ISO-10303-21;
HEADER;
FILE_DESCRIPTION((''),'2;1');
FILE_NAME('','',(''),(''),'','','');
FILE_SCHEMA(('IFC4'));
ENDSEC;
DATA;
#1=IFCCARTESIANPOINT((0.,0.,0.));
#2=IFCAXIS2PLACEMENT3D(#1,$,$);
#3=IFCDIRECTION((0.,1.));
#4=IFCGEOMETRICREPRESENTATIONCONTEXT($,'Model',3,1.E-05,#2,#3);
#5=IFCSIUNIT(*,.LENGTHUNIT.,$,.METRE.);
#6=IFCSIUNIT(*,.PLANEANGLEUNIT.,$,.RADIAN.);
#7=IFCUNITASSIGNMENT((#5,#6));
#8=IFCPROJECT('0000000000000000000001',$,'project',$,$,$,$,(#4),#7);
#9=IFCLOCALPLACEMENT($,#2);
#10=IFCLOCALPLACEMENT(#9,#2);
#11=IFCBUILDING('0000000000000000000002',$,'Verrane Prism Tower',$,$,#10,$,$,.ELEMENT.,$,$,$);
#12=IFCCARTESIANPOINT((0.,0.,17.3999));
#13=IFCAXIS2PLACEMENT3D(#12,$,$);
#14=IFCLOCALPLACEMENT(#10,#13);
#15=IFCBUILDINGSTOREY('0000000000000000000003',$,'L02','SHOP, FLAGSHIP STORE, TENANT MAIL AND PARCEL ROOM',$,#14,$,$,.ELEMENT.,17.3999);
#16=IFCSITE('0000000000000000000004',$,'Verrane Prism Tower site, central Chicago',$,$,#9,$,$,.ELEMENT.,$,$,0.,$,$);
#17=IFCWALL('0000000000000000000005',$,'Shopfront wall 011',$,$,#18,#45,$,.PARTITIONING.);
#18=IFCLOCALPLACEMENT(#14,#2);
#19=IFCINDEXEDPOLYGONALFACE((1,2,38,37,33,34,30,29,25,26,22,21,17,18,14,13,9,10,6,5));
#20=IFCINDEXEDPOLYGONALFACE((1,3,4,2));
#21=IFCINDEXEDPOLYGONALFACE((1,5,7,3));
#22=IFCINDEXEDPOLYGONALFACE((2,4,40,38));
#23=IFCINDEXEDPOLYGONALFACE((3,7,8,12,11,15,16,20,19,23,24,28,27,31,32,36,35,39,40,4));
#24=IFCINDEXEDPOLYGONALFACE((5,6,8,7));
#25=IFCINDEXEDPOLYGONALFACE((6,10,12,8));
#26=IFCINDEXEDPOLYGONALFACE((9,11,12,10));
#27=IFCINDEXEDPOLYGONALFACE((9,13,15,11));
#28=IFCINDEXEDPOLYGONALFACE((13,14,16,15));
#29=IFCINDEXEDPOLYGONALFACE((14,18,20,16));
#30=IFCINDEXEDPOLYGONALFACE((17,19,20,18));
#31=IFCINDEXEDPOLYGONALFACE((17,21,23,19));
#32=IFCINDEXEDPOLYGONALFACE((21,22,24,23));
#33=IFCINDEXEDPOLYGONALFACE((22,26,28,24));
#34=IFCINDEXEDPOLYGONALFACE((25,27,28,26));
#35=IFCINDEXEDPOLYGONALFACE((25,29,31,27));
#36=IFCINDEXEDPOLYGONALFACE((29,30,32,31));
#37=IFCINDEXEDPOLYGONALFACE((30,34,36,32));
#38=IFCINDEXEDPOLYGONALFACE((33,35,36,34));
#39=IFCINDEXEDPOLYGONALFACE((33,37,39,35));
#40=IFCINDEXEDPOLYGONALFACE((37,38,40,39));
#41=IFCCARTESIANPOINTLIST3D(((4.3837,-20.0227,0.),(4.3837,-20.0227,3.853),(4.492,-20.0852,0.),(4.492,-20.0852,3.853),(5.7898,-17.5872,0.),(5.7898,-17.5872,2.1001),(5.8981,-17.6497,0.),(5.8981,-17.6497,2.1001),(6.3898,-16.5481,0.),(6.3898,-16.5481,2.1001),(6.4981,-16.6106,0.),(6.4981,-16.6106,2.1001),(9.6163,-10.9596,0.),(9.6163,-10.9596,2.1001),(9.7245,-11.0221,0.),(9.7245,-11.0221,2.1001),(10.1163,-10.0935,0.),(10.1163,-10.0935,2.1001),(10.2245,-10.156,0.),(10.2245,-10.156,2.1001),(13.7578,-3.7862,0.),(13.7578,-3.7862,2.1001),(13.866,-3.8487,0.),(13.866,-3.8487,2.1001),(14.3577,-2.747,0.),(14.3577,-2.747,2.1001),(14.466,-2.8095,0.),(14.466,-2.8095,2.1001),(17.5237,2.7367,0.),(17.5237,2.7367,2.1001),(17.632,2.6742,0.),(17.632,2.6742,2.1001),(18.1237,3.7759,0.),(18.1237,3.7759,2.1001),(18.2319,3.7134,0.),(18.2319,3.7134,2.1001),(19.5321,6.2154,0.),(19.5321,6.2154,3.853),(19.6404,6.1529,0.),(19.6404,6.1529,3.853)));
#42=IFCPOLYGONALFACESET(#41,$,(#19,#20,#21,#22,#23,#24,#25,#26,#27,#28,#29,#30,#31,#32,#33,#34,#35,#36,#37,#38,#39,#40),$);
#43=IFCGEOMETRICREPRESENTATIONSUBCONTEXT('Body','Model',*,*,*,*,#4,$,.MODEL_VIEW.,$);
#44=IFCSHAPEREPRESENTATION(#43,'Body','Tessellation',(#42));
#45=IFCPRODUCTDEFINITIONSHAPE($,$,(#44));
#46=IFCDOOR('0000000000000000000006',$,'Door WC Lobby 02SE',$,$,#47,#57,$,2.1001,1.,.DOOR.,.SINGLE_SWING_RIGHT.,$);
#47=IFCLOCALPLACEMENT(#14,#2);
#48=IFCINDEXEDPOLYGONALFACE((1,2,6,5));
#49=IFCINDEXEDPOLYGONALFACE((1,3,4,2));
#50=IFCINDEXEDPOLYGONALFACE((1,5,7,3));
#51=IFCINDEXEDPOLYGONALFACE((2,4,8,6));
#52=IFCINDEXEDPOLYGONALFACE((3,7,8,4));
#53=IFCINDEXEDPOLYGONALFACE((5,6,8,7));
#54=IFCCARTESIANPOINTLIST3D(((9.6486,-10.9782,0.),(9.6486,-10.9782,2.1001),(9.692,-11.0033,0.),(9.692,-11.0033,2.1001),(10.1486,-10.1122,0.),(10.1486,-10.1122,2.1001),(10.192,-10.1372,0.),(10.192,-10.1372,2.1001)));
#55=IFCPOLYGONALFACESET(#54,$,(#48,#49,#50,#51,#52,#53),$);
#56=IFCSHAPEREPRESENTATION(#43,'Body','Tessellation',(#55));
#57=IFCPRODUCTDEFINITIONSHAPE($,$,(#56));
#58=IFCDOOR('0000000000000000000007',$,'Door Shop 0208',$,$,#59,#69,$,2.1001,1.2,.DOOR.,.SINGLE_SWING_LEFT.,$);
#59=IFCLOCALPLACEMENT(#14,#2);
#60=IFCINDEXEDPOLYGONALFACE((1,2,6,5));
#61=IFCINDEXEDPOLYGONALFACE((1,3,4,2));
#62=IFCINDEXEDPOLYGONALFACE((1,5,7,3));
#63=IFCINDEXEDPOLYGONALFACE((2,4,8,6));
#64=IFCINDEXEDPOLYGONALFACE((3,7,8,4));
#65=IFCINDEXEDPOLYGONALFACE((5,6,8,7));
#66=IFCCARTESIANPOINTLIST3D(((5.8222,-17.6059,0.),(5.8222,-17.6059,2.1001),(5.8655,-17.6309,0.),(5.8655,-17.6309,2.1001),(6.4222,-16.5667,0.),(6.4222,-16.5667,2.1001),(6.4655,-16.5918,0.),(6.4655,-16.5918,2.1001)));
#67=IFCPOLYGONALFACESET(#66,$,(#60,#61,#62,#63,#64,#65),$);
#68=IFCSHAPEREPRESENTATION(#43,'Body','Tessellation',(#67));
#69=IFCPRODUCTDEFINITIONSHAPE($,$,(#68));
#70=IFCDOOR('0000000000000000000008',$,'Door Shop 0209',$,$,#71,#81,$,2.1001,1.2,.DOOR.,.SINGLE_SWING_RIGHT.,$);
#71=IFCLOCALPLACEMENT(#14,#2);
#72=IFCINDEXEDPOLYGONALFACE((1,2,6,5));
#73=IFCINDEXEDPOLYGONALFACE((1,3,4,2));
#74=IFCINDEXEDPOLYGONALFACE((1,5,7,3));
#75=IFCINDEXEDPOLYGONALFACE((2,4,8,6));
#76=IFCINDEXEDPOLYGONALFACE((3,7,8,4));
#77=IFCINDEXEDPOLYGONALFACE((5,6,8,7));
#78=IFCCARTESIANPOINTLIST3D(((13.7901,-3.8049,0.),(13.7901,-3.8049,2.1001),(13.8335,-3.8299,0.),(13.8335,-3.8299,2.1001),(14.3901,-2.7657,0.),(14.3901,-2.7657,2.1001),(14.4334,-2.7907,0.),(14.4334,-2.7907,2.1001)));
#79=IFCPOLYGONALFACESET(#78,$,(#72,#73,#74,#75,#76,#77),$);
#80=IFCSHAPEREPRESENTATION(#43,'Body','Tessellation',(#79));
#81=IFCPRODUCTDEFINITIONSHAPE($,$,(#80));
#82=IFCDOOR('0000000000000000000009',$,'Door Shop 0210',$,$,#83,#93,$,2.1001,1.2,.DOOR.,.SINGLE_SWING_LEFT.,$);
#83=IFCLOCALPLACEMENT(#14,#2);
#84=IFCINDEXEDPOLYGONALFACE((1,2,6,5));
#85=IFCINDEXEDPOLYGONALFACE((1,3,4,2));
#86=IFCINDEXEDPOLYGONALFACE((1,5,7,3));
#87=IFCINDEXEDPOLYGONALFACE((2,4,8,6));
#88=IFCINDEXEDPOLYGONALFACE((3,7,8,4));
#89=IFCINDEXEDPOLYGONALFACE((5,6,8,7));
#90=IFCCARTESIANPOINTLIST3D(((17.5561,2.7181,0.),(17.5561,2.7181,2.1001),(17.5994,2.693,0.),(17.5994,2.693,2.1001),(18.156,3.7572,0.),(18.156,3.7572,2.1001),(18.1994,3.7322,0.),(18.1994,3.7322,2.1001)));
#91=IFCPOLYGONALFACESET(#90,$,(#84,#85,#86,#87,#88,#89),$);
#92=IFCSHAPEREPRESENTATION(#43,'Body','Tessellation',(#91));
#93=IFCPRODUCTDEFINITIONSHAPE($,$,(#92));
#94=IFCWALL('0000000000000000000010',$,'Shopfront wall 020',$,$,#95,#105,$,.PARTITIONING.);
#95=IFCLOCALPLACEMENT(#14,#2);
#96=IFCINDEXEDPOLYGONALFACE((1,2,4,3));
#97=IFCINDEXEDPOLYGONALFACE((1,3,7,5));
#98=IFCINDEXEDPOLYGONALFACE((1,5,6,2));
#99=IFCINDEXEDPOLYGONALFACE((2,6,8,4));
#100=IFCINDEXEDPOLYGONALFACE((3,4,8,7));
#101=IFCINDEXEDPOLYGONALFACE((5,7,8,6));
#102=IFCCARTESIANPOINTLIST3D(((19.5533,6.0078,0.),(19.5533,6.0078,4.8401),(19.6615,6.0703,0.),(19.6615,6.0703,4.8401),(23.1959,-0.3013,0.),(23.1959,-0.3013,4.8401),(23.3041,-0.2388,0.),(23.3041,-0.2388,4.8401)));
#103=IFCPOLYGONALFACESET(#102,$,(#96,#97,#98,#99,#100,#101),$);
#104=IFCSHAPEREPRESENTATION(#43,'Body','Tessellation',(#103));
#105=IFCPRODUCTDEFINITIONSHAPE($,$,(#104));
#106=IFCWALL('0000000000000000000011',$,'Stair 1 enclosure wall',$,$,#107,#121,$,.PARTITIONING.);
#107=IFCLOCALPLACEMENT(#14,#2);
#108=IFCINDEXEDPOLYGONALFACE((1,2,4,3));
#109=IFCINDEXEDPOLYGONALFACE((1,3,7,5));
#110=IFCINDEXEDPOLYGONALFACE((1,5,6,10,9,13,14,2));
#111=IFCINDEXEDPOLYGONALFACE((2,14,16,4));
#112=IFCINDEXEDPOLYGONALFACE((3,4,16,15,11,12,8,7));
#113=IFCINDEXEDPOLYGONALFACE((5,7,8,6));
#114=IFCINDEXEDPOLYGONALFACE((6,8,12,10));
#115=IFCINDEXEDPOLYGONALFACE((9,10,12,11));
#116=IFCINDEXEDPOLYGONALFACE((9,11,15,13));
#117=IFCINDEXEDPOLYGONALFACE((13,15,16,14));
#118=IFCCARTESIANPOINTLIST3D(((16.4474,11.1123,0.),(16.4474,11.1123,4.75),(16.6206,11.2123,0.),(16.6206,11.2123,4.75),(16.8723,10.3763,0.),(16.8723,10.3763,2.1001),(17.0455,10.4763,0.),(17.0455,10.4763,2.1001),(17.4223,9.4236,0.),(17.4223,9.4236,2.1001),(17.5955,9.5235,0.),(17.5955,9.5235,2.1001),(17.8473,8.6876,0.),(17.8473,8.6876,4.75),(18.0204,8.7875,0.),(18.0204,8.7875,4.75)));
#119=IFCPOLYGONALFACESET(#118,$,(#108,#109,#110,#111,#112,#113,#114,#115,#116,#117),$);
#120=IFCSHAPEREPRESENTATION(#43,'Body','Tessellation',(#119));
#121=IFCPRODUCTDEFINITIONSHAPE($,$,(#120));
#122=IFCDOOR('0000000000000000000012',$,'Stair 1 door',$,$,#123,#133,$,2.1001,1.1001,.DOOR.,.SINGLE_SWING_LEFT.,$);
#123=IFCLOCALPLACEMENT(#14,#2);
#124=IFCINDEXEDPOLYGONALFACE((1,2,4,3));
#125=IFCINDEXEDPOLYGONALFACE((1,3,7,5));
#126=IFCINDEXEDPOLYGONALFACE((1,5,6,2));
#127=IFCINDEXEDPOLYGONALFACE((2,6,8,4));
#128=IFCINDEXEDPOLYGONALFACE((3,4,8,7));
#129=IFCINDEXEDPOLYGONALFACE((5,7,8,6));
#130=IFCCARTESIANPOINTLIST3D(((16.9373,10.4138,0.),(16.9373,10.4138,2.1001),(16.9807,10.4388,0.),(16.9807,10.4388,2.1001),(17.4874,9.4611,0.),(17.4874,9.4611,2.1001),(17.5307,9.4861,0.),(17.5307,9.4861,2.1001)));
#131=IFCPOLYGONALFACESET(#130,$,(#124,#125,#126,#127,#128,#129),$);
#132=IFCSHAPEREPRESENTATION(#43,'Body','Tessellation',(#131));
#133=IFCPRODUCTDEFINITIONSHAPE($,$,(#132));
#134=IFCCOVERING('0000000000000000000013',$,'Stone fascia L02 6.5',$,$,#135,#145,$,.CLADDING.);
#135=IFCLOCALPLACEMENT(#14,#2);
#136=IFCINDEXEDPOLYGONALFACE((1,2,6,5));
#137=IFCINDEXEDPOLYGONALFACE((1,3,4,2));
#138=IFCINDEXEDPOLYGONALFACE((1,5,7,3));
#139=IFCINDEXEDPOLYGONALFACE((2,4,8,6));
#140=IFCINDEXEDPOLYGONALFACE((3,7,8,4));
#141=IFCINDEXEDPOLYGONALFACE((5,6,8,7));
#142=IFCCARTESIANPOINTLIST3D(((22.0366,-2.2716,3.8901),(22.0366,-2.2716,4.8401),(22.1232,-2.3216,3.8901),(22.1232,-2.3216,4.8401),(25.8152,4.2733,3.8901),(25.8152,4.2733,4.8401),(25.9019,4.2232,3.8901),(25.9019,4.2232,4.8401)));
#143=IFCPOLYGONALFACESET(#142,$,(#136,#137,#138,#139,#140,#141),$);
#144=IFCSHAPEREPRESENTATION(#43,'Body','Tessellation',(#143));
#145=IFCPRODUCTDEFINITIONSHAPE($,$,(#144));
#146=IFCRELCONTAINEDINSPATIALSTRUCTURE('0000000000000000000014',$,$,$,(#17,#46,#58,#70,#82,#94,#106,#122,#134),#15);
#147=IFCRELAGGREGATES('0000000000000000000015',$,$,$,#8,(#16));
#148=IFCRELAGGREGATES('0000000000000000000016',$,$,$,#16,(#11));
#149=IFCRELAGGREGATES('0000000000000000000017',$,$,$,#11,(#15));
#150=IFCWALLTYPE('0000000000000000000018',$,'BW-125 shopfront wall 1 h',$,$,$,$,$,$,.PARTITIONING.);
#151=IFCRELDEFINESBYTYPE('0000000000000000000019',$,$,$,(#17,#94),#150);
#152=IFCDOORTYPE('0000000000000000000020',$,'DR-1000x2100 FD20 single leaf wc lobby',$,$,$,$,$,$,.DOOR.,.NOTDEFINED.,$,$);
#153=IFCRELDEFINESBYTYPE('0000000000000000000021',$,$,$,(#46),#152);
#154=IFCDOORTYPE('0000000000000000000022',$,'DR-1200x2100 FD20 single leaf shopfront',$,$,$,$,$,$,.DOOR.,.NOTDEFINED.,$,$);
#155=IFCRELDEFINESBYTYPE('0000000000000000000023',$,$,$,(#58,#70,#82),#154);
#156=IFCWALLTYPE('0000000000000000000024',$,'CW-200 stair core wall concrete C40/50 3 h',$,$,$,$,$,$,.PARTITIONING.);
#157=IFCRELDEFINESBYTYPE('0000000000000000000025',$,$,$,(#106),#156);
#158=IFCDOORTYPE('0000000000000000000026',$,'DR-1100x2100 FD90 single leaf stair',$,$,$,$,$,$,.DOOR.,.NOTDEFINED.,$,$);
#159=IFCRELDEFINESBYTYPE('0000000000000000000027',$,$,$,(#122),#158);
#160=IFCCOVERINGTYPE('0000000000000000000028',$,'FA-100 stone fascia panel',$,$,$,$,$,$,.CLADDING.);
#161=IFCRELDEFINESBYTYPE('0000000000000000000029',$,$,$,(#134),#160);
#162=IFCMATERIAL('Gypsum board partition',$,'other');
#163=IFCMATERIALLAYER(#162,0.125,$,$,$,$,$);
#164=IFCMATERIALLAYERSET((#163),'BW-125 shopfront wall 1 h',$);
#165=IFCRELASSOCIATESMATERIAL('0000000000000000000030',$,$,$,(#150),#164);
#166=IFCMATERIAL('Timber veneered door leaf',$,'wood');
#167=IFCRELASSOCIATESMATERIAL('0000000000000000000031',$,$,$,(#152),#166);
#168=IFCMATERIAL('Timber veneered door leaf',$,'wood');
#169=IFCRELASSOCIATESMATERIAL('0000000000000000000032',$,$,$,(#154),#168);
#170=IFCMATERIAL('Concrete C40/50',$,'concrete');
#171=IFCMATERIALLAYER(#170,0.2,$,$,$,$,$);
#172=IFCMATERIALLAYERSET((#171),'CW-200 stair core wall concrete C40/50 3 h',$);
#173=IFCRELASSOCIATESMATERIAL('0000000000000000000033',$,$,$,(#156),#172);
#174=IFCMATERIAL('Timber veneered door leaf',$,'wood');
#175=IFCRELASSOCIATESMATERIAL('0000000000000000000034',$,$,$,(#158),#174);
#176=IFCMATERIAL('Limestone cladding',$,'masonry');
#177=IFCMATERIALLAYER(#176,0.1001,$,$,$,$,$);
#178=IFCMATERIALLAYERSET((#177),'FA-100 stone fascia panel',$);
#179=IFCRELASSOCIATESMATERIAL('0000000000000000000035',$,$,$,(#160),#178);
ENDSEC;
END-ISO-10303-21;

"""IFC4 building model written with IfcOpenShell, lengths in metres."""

from ifc_helpers import new_model, si_unit, direction, frame, frame_2d, origin, origin_2d, place, context, subcontext, project, spatial, rectangle, extrude, material, layer, layer_set, type_object, element, fill, save


model = new_model("IFC4")

# Units and contexts
model_context = context("Model", 3, precision=1e-05, world=origin(), true_north=direction((0.0, 1.0)))
body_context = subcontext(model_context, "Body", "Model", "MODEL_VIEW")
ifc_project = project(units=[si_unit("LENGTHUNIT", "METRE"), si_unit("PLANEANGLEUNIT", "RADIAN")], contexts=[model_context])

# Site, building, storey
site_placement = place(None, origin())
site = spatial("IfcSite", under=ifc_project, at=site_placement, Name="Verrane Prism Tower site, central Chicago", CompositionType="ELEMENT", RefElevation=0.0)
building_placement = place(site_placement, origin())
building = spatial("IfcBuilding", under=site, at=building_placement, Name="Verrane Prism Tower", CompositionType="ELEMENT")
storey_placement = place(building_placement, frame((0.0, 0.0, 17.3999)))
storey = spatial("IfcBuildingStorey", under=building, at=storey_placement, Name="L02", Description="SHOP, FLAGSHIP STORE, TENANT MAIL AND PARCEL ROOM", CompositionType="ELEMENT", Elevation=17.3999)

# Wall, openings, doors
ifc_material_1 = material(Name="Gypsum board partition", Category="other")
ifc_layer_1 = layer(ifc_material_1, 0.125)
ifc_layer_set_1 = layer_set([ifc_layer_1], Name="BW-125 shopfront wall 1 h")
wall_type_1 = type_object("IfcWallType", Name="BW-125 shopfront wall 1 h", PredefinedType="PARTITIONING", material=ifc_layer_set_1)
wall_1_placement = place(storey_placement, frame((19.5862, 6.1841, 0.0), z_axis=(0.0, 0.0, 1.0), x_axis=(-0.499994, -0.866029, 0.0)))
wall_1 = element("IfcWall", 1, at=wall_1_placement, inside=storey, type_object=wall_type_1, Name="Shopfront wall 011", PredefinedType="PARTITIONING", context=body_context, shape_type="SweptSolid", body=[
    extrude(rectangle(XDim=30.2971, YDim=0.125, at=frame_2d((15.1484, 0.0))), origin(), (0.0, 0.0, 1.0), 3.853),
])
opening_1_placement = place(wall_1_placement, frame((26.2847, 0.0, 0.0)))
opening_1 = element("IfcOpeningElement", 2, at=opening_1_placement, cuts=wall_1, PredefinedType="OPENING", context=body_context, shape_type="SweptSolid", body=[
    extrude(rectangle(XDim=1.2, YDim=2.1001, at=frame_2d((0.6001, 1.05))), frame((0.0, 0.0725, 0.0), z_axis=(0.0, -1.0, 0.0), x_axis=(1.0, 0.0, 0.0)), (0.0, 0.0, 1.0), 0.145),
])
opening_2_placement = place(wall_1_placement, frame((18.8318, 0.0, 0.0)))
opening_2 = element("IfcOpeningElement", 3, at=opening_2_placement, cuts=wall_1, PredefinedType="OPENING", context=body_context, shape_type="SweptSolid", body=[
    extrude(rectangle(XDim=1.0, YDim=2.1001, at=frame_2d((0.5, 1.05))), frame((0.0, 0.0725, 0.0), z_axis=(0.0, -1.0, 0.0), x_axis=(1.0, 0.0, 0.0)), (0.0, 0.0, 1.0), 0.145),
])
opening_3_placement = place(wall_1_placement, frame((10.3486, 0.0, 0.0)))
opening_3 = element("IfcOpeningElement", 4, at=opening_3_placement, cuts=wall_1, PredefinedType="OPENING", context=body_context, shape_type="SweptSolid", body=[
    extrude(rectangle(XDim=1.2, YDim=2.1001, at=frame_2d((0.6001, 1.05))), frame((0.0, 0.0725, 0.0), z_axis=(0.0, -1.0, 0.0), x_axis=(1.0, 0.0, 0.0)), (0.0, 0.0, 1.0), 0.145),
])
opening_4_placement = place(wall_1_placement, frame((2.8167, 0.0, 0.0)))
opening_4 = element("IfcOpeningElement", 5, at=opening_4_placement, cuts=wall_1, PredefinedType="OPENING", context=body_context, shape_type="SweptSolid", body=[
    extrude(rectangle(XDim=1.2, YDim=2.1001, at=frame_2d((0.6001, 1.05))), frame((0.0, 0.0725, 0.0), z_axis=(0.0, -1.0, 0.0), x_axis=(1.0, 0.0, 0.0)), (0.0, 0.0, 1.0), 0.145),
])
ifc_material_2 = material(Name="Timber veneered door leaf", Category="wood")
door_type_1 = type_object("IfcDoorType", Name="DR-1000x2100 FD20 single leaf wc lobby", OperationType="NOTDEFINED", PredefinedType="DOOR", material=ifc_material_2)
door_1_placement = place(opening_2_placement, origin())
door_1 = element("IfcDoor", 6, at=door_1_placement, inside=storey, type_object=door_type_1, Name="Door WC Lobby 02SE", OperationType="SINGLE_SWING_RIGHT", OverallHeight=2.1001, OverallWidth=1.0, PredefinedType="DOOR", context=body_context, shape_type="SweptSolid", body=[
    extrude(rectangle(XDim=1.0, YDim=2.1001, at=frame_2d((0.5, 1.05))), frame((0.0, 0.0249, 0.0), z_axis=(0.0, -1.0, 0.0), x_axis=(1.0, 0.0, 0.0)), (0.0, 0.0, 1.0), 0.05),
])
fill(opening_2, door_1)
ifc_material_3 = material(Name="Timber veneered door leaf", Category="wood")
door_type_2 = type_object("IfcDoorType", Name="DR-1200x2100 FD20 single leaf shopfront", OperationType="NOTDEFINED", PredefinedType="DOOR", material=ifc_material_3)
door_2_placement = place(opening_1_placement, origin())
door_2 = element("IfcDoor", 7, at=door_2_placement, inside=storey, type_object=door_type_2, Name="Door Shop 0208", OperationType="SINGLE_SWING_LEFT", OverallHeight=2.1001, OverallWidth=1.2, PredefinedType="DOOR", context=body_context, shape_type="SweptSolid", body=[
    extrude(rectangle(XDim=1.2, YDim=2.1001, at=frame_2d((0.6001, 1.05))), frame((0.0, 0.0249, 0.0), z_axis=(0.0, -1.0, 0.0), x_axis=(1.0, 0.0, 0.0)), (0.0, 0.0, 1.0), 0.05),
])
fill(opening_1, door_2)
door_3_placement = place(opening_3_placement, origin())
door_3 = element("IfcDoor", 8, at=door_3_placement, inside=storey, type_object=door_type_2, Name="Door Shop 0209", OperationType="SINGLE_SWING_RIGHT", OverallHeight=2.1001, OverallWidth=1.2, PredefinedType="DOOR", context=body_context, shape_type="SweptSolid", body=[
    extrude(rectangle(XDim=1.2, YDim=2.1001, at=frame_2d((0.6001, 1.05))), frame((0.0, 0.0249, 0.0), z_axis=(0.0, -1.0, 0.0), x_axis=(1.0, 0.0, 0.0)), (0.0, 0.0, 1.0), 0.05),
])
fill(opening_3, door_3)
door_4_placement = place(opening_4_placement, origin())
door_4 = element("IfcDoor", 9, at=door_4_placement, inside=storey, type_object=door_type_2, Name="Door Shop 0210", OperationType="SINGLE_SWING_LEFT", OverallHeight=2.1001, OverallWidth=1.2, PredefinedType="DOOR", context=body_context, shape_type="SweptSolid", body=[
    extrude(rectangle(XDim=1.2, YDim=2.1001, at=frame_2d((0.6001, 1.05))), frame((0.0, 0.0249, 0.0), z_axis=(0.0, -1.0, 0.0), x_axis=(1.0, 0.0, 0.0)), (0.0, 0.0, 1.0), 0.05),
])
fill(opening_4, door_4)

# Wall
wall_2_placement = place(storey_placement, frame((19.6074, 6.0391, 0.0), z_axis=(0.0, 0.0, 1.0), x_axis=(0.500003, -0.866024, 0.0)))
element("IfcWall", 10, at=wall_2_placement, inside=storey, type_object=wall_type_1, Name="Shopfront wall 020", PredefinedType="PARTITIONING", context=body_context, shape_type="SweptSolid", body=[
    extrude(rectangle(XDim=7.2852, YDim=0.125, at=frame_2d((3.6426, 0.0))), origin(), (0.0, 0.0, 1.0), 4.8401),
])

# Wall, opening, door
ifc_material_4 = material(Name="Concrete C40/50", Category="concrete")
ifc_layer_2 = layer(ifc_material_4, 0.2)
ifc_layer_set_2 = layer_set([ifc_layer_2], Name="CW-200 stair core wall concrete C40/50 3 h")
wall_type_2 = type_object("IfcWallType", Name="CW-200 stair core wall concrete C40/50 3 h", PredefinedType="PARTITIONING", material=ifc_layer_set_2)
wall_3_placement = place(storey_placement, frame((17.9338, 8.7375, 0.0), z_axis=(0.0, 0.0, 1.0), x_axis=(-0.499984, 0.866035, 0.0)))
wall_3 = element("IfcWall", 11, at=wall_3_placement, inside=storey, type_object=wall_type_2, Name="Stair 1 enclosure wall", PredefinedType="PARTITIONING", context=body_context, shape_type="SweptSolid", body=[
    extrude(rectangle(XDim=2.7998, YDim=0.2, at=frame_2d((1.3999, 0.0))), origin(), (0.0, 0.0, 1.0), 4.75),
])
opening_5_placement = place(wall_3_placement, frame((0.8499, 0.0, 0.0)))
opening_5 = element("IfcOpeningElement", 12, at=opening_5_placement, cuts=wall_3, PredefinedType="OPENING", context=body_context, shape_type="SweptSolid", body=[
    extrude(rectangle(XDim=1.1001, YDim=2.1001, at=frame_2d((0.55, 1.05))), frame((0.0, 0.1099, 0.0), z_axis=(0.0, -1.0, 0.0), x_axis=(1.0, 0.0, 0.0)), (0.0, 0.0, 1.0), 0.22),
])
ifc_material_5 = material(Name="Timber veneered door leaf", Category="wood")
door_type_3 = type_object("IfcDoorType", Name="DR-1100x2100 FD90 single leaf stair", OperationType="NOTDEFINED", PredefinedType="DOOR", material=ifc_material_5)
door_5_placement = place(opening_5_placement, origin())
door_5 = element("IfcDoor", 13, at=door_5_placement, inside=storey, type_object=door_type_3, Name="Stair 1 door", OperationType="SINGLE_SWING_LEFT", OverallHeight=2.1001, OverallWidth=1.1001, PredefinedType="DOOR", context=body_context, shape_type="SweptSolid", body=[
    extrude(rectangle(XDim=1.1001, YDim=2.1001, at=frame_2d((0.55, 1.05))), frame((0.0, 0.0249, 0.0), z_axis=(0.0, -1.0, 0.0), x_axis=(1.0, 0.0, 0.0)), (0.0, 0.0, 1.0), 0.05),
])
fill(opening_5, door_5)

# Covering
ifc_material_6 = material(Name="Limestone cladding", Category="masonry")
ifc_layer_3 = layer(ifc_material_6, 0.1001)
ifc_layer_set_3 = layer_set([ifc_layer_3], Name="FA-100 stone fascia panel")
covering_type = type_object("IfcCoveringType", Name="FA-100 stone fascia panel", PredefinedType="CLADDING", material=ifc_layer_set_3)
covering_placement = place(storey_placement, frame((23.9692, 0.9758, 3.8901), z_axis=(0.0, 0.0, 1.0), x_axis=(0.5, 0.866025, 0.0)))
element("IfcCovering", 14, at=covering_placement, inside=storey, type_object=covering_type, Name="Stone fascia L02 6.5", PredefinedType="CLADDING", context=body_context, shape_type="SweptSolid", body=[
    extrude(rectangle(XDim=7.5574, YDim=0.1001, at=origin_2d()), origin(), (0.0, 0.0, 1.0), 0.95),
])

save(model, "model.ifc")
